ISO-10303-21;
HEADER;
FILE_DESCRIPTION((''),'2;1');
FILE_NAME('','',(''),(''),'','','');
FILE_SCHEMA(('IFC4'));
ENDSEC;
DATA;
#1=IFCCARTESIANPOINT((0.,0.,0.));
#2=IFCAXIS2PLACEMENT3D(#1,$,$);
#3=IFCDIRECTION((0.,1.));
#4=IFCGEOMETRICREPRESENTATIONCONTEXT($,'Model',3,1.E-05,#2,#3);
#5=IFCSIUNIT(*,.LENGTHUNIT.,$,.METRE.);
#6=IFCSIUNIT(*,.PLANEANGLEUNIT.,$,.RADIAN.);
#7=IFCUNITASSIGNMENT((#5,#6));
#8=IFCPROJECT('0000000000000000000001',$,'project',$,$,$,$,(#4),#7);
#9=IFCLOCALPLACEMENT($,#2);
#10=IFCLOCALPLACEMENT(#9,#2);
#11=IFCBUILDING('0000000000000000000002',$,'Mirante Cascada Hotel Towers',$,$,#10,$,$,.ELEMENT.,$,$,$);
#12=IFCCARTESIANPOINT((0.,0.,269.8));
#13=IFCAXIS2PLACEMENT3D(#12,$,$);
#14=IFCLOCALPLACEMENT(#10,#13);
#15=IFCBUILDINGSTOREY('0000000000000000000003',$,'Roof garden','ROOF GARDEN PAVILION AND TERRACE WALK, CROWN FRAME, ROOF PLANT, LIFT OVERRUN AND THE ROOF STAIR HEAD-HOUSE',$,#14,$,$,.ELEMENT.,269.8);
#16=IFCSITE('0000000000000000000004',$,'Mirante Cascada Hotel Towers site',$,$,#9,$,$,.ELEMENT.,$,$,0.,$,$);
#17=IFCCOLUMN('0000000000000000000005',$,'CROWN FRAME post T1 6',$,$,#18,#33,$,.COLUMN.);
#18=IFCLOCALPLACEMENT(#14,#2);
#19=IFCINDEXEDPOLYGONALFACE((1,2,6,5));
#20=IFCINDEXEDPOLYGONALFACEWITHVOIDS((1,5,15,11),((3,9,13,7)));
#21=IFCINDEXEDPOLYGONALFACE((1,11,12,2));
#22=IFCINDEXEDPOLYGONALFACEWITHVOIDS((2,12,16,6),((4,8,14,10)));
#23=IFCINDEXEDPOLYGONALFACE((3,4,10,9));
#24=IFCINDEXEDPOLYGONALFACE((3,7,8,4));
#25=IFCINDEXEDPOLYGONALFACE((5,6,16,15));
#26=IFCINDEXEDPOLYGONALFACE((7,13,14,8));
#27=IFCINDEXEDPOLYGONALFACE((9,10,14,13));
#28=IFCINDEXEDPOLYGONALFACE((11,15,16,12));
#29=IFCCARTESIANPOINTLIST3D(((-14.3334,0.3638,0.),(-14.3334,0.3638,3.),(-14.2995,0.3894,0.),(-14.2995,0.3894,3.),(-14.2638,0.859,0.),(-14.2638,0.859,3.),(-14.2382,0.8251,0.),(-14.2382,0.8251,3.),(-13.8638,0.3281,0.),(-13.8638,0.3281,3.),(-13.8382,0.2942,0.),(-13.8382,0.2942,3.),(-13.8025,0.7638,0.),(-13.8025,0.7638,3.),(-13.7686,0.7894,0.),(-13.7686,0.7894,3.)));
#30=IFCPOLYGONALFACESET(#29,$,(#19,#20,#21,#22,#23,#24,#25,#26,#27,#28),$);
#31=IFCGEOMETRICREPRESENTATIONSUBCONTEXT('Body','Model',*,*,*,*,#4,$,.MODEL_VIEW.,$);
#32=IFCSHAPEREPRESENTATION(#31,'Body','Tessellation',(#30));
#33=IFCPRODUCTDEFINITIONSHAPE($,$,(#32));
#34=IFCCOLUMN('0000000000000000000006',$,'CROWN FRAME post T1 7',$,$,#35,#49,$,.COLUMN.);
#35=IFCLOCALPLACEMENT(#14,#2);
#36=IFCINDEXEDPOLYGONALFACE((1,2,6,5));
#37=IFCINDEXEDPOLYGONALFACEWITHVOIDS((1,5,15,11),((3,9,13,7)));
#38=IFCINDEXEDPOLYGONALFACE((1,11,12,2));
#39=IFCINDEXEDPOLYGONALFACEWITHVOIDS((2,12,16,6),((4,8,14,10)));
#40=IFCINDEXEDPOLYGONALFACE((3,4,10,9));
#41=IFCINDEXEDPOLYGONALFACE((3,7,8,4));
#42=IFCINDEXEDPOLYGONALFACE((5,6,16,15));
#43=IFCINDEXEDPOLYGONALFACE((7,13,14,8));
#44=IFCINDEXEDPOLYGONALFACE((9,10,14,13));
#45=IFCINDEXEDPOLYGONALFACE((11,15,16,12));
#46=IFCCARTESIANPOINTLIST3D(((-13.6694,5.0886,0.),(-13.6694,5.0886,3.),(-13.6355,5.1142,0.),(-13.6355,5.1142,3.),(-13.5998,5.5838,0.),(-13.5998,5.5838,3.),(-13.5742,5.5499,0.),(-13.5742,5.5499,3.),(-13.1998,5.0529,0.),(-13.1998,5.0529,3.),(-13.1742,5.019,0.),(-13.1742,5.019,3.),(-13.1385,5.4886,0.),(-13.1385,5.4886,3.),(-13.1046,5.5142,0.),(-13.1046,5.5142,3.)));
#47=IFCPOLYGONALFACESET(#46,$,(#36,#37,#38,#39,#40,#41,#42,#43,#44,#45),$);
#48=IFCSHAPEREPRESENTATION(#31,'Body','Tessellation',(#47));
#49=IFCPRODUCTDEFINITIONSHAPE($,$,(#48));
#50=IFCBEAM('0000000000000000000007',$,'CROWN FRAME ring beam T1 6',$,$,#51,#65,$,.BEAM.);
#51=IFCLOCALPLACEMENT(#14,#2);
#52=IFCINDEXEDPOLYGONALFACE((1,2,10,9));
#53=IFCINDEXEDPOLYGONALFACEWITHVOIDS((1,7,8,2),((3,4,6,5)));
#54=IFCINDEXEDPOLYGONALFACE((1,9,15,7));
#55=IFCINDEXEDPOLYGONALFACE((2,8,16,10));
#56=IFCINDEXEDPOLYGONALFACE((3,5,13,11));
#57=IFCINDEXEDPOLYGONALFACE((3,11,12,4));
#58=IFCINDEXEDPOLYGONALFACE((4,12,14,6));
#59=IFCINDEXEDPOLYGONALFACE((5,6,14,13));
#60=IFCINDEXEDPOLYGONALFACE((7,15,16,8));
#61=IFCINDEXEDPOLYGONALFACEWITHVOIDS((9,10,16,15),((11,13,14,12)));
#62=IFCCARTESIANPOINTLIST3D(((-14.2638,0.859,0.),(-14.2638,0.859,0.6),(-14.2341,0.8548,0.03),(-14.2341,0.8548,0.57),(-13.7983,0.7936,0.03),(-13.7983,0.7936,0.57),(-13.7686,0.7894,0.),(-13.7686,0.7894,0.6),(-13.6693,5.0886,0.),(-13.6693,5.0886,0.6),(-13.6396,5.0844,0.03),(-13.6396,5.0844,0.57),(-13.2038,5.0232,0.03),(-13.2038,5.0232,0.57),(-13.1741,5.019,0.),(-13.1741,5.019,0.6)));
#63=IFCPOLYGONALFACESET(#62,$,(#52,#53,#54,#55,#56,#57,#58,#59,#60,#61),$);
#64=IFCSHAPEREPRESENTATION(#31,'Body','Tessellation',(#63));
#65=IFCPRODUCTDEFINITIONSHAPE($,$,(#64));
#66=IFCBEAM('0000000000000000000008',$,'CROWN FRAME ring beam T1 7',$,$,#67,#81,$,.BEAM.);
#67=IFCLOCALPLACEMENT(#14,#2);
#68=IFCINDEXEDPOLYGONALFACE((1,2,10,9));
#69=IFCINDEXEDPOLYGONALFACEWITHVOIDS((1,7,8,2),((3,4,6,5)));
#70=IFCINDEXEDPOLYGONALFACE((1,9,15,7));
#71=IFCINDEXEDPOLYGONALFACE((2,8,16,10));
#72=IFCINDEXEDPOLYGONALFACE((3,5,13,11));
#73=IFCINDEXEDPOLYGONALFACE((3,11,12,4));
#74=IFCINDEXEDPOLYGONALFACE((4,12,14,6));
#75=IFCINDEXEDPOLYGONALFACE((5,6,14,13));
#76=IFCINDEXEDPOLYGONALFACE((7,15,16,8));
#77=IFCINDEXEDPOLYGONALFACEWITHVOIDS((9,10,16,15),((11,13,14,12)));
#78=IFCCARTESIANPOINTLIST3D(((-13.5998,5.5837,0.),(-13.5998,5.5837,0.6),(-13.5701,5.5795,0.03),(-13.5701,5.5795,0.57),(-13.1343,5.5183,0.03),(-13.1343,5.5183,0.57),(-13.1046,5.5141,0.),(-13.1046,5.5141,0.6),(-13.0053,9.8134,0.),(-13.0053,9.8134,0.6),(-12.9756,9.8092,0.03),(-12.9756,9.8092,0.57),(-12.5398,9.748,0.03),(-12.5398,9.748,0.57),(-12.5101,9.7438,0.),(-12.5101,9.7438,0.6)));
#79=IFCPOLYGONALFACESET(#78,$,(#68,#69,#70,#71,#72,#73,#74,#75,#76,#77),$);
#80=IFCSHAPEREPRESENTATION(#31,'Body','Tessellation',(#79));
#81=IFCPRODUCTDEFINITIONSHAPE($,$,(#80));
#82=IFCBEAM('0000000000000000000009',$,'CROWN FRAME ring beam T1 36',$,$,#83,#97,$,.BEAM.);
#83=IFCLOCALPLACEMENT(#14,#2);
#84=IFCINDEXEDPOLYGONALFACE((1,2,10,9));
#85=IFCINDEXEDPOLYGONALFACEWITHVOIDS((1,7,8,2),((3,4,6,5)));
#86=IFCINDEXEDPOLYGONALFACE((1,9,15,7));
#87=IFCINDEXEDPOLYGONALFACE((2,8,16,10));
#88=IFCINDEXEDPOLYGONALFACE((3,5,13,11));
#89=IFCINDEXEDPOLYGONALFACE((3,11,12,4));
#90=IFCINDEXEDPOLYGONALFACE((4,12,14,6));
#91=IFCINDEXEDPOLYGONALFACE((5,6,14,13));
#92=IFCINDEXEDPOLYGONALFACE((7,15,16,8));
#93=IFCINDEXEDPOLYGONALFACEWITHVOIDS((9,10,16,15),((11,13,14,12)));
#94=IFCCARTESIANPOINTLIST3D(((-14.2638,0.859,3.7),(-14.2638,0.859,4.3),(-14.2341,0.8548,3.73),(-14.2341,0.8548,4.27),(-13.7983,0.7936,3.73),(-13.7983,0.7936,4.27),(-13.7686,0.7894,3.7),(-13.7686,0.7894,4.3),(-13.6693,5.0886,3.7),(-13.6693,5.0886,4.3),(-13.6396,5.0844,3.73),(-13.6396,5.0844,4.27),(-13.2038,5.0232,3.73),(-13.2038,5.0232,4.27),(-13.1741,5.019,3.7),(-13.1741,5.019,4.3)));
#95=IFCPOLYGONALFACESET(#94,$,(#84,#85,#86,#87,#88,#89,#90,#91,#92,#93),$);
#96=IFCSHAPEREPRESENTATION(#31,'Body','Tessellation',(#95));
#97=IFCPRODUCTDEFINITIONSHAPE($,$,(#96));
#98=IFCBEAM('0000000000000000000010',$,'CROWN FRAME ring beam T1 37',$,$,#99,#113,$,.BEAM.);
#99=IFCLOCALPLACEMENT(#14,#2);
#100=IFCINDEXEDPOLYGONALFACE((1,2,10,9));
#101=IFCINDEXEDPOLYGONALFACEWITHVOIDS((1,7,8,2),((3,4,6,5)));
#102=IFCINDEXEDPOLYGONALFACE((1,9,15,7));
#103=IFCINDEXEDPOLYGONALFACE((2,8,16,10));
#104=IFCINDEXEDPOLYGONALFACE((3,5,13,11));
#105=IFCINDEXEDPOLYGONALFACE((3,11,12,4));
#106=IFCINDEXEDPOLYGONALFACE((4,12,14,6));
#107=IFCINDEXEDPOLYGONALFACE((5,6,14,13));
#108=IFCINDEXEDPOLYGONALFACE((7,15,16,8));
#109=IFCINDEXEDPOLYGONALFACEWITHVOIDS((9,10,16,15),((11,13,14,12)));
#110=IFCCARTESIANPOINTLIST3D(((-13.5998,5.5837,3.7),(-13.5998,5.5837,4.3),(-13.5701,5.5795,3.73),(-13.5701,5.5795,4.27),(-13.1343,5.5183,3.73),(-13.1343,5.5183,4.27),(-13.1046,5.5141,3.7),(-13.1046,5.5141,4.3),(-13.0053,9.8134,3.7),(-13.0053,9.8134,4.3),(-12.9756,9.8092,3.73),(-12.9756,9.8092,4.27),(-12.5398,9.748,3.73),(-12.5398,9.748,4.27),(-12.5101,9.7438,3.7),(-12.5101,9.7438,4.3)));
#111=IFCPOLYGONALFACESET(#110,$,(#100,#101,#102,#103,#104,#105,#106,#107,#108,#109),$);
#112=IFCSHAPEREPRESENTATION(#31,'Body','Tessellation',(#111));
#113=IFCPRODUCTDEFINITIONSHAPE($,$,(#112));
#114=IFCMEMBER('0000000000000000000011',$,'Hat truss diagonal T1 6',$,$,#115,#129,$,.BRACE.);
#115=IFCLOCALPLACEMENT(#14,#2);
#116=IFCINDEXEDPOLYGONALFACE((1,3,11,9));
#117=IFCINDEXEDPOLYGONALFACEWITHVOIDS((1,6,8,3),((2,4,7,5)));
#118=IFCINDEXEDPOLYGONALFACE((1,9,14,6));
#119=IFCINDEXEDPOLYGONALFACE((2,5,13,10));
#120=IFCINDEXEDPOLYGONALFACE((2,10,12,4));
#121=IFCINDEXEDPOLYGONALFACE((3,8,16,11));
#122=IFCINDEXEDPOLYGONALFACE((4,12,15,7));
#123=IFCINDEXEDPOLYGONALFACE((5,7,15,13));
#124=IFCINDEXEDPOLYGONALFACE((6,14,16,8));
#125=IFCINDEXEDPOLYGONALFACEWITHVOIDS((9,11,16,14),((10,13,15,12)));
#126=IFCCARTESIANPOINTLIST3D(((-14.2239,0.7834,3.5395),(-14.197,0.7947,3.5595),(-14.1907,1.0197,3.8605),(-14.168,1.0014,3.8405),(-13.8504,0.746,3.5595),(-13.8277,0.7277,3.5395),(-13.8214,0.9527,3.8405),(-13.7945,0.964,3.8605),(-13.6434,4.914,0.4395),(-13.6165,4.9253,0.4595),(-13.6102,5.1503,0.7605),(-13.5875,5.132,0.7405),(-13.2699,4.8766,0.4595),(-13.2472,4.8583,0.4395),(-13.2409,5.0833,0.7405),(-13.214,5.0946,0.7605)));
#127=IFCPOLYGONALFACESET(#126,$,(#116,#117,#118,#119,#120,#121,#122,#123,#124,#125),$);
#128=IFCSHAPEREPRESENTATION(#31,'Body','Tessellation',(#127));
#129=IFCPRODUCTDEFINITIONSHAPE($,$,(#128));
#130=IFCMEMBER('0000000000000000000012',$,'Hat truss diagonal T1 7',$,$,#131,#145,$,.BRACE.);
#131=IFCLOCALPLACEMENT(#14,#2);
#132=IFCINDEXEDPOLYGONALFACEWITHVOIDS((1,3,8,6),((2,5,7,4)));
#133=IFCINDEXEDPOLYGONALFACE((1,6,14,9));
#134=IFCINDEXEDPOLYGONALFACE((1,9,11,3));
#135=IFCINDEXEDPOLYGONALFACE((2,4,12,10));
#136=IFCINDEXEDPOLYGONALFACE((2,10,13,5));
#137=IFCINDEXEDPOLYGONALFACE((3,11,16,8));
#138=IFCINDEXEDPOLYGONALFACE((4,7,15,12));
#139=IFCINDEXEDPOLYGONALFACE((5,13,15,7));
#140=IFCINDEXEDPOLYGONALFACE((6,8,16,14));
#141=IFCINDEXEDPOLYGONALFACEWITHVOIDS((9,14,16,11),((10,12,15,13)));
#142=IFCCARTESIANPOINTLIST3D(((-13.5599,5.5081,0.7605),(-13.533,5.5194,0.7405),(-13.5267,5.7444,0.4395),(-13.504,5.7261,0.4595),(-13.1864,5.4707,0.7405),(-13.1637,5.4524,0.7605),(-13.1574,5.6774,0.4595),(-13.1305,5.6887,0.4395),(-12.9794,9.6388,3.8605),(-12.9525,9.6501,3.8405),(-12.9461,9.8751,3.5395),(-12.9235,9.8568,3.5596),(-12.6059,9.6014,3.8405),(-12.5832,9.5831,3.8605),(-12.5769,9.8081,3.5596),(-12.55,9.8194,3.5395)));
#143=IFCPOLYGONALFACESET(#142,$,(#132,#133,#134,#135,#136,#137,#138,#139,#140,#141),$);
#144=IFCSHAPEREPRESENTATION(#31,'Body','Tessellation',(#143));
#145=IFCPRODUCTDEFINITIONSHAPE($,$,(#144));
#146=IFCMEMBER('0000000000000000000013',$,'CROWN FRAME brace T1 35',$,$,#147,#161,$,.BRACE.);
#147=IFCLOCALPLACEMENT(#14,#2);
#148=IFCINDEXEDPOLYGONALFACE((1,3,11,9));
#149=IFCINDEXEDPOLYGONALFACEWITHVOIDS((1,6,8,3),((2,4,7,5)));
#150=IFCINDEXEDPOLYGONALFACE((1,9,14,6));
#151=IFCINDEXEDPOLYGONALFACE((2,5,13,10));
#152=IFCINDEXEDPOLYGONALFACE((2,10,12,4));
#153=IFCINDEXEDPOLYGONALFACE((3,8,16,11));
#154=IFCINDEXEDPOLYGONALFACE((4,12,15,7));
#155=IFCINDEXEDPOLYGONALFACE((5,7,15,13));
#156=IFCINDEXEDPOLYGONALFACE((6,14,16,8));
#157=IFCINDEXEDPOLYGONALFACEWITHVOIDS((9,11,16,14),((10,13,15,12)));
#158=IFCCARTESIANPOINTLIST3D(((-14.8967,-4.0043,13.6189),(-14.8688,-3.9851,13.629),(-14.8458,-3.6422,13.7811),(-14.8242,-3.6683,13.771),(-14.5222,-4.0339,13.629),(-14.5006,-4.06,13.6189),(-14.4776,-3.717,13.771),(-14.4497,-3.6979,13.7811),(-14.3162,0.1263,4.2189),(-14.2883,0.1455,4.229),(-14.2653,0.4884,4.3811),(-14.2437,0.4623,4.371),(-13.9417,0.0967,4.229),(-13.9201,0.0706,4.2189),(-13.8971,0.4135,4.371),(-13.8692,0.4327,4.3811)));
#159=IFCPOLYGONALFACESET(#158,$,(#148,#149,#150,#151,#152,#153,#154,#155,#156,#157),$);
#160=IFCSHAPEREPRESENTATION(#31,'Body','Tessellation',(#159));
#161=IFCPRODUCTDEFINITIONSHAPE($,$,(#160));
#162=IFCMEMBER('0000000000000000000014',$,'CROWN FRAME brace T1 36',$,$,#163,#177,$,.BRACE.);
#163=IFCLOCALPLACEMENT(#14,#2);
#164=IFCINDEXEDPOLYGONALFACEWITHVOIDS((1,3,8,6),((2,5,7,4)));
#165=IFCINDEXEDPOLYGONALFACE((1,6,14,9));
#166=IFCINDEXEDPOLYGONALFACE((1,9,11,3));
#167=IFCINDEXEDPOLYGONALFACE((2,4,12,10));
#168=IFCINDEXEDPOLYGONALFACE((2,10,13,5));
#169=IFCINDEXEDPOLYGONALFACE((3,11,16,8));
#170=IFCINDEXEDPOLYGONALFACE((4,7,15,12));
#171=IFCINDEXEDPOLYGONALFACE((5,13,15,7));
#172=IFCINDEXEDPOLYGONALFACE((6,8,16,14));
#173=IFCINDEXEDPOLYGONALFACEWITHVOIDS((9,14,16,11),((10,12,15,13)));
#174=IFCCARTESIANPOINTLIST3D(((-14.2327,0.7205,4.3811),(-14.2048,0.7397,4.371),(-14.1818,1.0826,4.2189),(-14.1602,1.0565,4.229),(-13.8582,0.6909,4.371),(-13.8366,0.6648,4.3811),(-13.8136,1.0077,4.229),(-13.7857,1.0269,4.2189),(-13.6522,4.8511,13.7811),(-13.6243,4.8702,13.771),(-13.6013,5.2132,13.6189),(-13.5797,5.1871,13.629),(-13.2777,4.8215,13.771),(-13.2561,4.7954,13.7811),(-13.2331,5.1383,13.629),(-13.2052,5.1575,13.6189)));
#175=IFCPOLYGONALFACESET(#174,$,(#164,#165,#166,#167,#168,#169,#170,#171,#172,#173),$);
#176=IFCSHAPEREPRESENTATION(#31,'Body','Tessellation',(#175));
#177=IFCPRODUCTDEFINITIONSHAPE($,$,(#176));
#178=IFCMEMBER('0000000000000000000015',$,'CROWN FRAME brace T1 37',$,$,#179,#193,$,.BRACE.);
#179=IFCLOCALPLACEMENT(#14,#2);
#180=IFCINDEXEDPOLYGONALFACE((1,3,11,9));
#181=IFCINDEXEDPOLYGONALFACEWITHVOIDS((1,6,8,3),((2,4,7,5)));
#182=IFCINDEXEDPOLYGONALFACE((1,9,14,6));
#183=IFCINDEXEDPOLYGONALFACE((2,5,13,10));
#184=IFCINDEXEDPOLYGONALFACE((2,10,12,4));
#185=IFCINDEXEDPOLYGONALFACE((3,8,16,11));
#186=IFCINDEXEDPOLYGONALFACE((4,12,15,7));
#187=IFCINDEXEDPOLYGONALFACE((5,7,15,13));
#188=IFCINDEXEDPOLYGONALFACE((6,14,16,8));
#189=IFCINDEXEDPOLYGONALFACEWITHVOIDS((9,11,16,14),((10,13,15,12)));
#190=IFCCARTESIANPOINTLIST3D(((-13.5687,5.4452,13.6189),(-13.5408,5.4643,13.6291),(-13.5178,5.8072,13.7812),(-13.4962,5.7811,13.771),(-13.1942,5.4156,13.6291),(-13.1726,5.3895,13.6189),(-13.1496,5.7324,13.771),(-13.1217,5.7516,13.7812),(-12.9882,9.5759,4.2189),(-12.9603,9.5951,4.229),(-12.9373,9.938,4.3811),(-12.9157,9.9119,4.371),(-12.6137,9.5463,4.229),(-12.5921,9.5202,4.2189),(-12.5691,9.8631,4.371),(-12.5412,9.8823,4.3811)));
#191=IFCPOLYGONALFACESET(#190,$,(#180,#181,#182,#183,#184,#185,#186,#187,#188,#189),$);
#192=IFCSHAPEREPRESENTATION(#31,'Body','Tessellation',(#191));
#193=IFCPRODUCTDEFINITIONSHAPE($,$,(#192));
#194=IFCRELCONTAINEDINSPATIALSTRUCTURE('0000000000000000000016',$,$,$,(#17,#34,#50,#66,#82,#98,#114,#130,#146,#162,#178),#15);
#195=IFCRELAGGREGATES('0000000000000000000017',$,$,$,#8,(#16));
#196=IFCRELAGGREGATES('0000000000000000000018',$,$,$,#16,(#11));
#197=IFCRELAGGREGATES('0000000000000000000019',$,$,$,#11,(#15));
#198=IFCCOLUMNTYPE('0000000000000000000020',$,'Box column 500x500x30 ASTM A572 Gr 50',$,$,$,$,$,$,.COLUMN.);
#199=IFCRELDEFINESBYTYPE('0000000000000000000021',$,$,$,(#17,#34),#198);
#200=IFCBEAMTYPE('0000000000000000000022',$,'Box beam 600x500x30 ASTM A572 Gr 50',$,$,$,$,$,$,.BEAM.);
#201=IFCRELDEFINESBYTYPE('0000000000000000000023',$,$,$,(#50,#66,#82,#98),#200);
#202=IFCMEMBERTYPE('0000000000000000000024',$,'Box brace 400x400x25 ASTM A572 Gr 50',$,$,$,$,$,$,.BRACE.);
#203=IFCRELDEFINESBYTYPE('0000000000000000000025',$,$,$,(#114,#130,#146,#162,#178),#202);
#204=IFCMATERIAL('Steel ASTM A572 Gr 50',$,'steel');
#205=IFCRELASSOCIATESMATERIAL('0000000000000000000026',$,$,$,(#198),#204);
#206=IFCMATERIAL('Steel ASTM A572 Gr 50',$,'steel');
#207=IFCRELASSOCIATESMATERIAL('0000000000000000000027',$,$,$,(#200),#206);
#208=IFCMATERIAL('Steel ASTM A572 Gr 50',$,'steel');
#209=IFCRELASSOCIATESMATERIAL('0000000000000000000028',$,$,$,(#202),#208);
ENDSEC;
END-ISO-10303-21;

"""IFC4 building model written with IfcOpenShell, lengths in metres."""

from ifc_helpers import new_model, si_unit, direction, frame, origin, origin_2d, place, context, subcontext, project, spatial, hollow_rectangle, extrude, material, material_profile, profile_set, type_object, element, save


model = new_model("IFC4")

# Units and contexts
model_context = context("Model", 3, precision=1e-05, world=origin(), true_north=direction((0.0, 1.0)))
body_context = subcontext(model_context, "Body", "Model", "MODEL_VIEW")
ifc_project = project(units=[si_unit("LENGTHUNIT", "METRE"), si_unit("PLANEANGLEUNIT", "RADIAN")], contexts=[model_context])

# Site, building, storey
site_placement = place(None, origin())
site = spatial("IfcSite", under=ifc_project, at=site_placement, Name="Mirante Cascada Hotel Towers site", CompositionType="ELEMENT", RefElevation=0.0)
building_placement = place(site_placement, origin())
building = spatial("IfcBuilding", under=site, at=building_placement, Name="Mirante Cascada Hotel Towers", CompositionType="ELEMENT")
storey_placement = place(building_placement, frame((0.0, 0.0, 269.8)))
storey = spatial("IfcBuildingStorey", under=building, at=storey_placement, Name="Roof garden", Description="ROOF GARDEN PAVILION AND TERRACE WALK, CROWN FRAME, ROOF PLANT, LIFT OVERRUN AND THE ROOF STAIR HEAD-HOUSE", CompositionType="ELEMENT", Elevation=269.8)

# Columns
ifc_material_1 = material(Name="Steel ASTM A572 Gr 50", Category="steel")
ifc_material_profile_1 = material_profile(ifc_material_1, hollow_rectangle(XDim=0.5, YDim=0.5, WallThickness=0.03, at=origin_2d()), Name="Box column 500x500x30 ASTM A572 Gr 50")
ifc_profile_set_1 = profile_set([ifc_material_profile_1], Name="Steel ASTM A572 Gr 50")
column_type = type_object("IfcColumnType", Name="Box column 500x500x30 ASTM A572 Gr 50", PredefinedType="COLUMN", material=ifc_profile_set_1)
for number, where, z_axis, x_axis, name in (
    (1, (-14.051, 0.5766, 0.0), (0.0, 0.0, 1.0), (-0.990268, 0.139173, 0.0), "CROWN FRAME post T1 6"),
    (2, (-13.387, 5.3014, 0.0), (0.0, 0.0, 1.0), (-0.990268, 0.139173, 0.0), "CROWN FRAME post T1 7"),
):
    element("IfcColumn", number, at=place(storey_placement, frame(where, z_axis=z_axis, x_axis=x_axis)), inside=storey, type_object=column_type, Name=name, PredefinedType="COLUMN", context=body_context, shape_type="SweptSolid", body=[
        extrude(hollow_rectangle(XDim=0.5, YDim=0.5, WallThickness=0.03, at=origin_2d()), origin(), (0.0, 0.0, 1.0), 3.0),
    ])

# Beams
ifc_material_2 = material(Name="Steel ASTM A572 Gr 50", Category="steel")
ifc_material_profile_2 = material_profile(ifc_material_2, hollow_rectangle(XDim=0.5, YDim=0.6, WallThickness=0.03, at=origin_2d()), Name="Box beam 600x500x30 ASTM A572 Gr 50")
ifc_profile_set_2 = profile_set([ifc_material_profile_2], Name="Steel ASTM A572 Gr 50")
beam_type = type_object("IfcBeamType", Name="Box beam 600x500x30 ASTM A572 Gr 50", PredefinedType="BEAM", material=ifc_profile_set_2)
beam_1_placement = place(storey_placement, frame((-14.0162, 0.8242, 0.3), z_axis=(0.139189, 0.990266, 0.0), x_axis=(-0.990266, 0.139189, 0.0)))
element("IfcBeam", 3, at=beam_1_placement, inside=storey, type_object=beam_type, Name="CROWN FRAME ring beam T1 6", PredefinedType="BEAM", context=body_context, shape_type="SweptSolid", body=[
    extrude(hollow_rectangle(XDim=0.5, YDim=0.6, WallThickness=0.03, at=origin_2d()), origin(), (0.0, 0.0, 1.0), 4.2712),
])
beam_2_placement = place(storey_placement, frame((-13.3522, 5.5489, 0.3), z_axis=(0.139186, 0.990266, 0.0), x_axis=(-0.990266, 0.139186, 0.0)))
element("IfcBeam", 4, at=beam_2_placement, inside=storey, type_object=beam_type, Name="CROWN FRAME ring beam T1 7", PredefinedType="BEAM", context=body_context, shape_type="SweptSolid", body=[
    extrude(hollow_rectangle(XDim=0.5, YDim=0.6, WallThickness=0.03, at=origin_2d()), origin(), (0.0, 0.0, 1.0), 4.2713),
])
beam_3_placement = place(storey_placement, frame((-14.0162, 0.8242, 4.0), z_axis=(0.139189, 0.990266, 0.0), x_axis=(-0.990266, 0.139189, 0.0)))
element("IfcBeam", 5, at=beam_3_placement, inside=storey, type_object=beam_type, Name="CROWN FRAME ring beam T1 36", PredefinedType="BEAM", context=body_context, shape_type="SweptSolid", body=[
    extrude(hollow_rectangle(XDim=0.5, YDim=0.6, WallThickness=0.03, at=origin_2d()), origin(), (0.0, 0.0, 1.0), 4.2712),
])
beam_4_placement = place(storey_placement, frame((-13.3522, 5.5489, 4.0), z_axis=(0.139186, 0.990266, 0.0), x_axis=(-0.990266, 0.139186, 0.0)))
element("IfcBeam", 6, at=beam_4_placement, inside=storey, type_object=beam_type, Name="CROWN FRAME ring beam T1 37", PredefinedType="BEAM", context=body_context, shape_type="SweptSolid", body=[
    extrude(hollow_rectangle(XDim=0.5, YDim=0.6, WallThickness=0.03, at=origin_2d()), origin(), (0.0, 0.0, 1.0), 4.2713),
])

# Members
ifc_material_3 = material(Name="Steel ASTM A572 Gr 50", Category="steel")
ifc_material_profile_3 = material_profile(ifc_material_3, hollow_rectangle(XDim=0.4, YDim=0.4, WallThickness=0.025, at=origin_2d()), Name="Box brace 400x400x25 ASTM A572 Gr 50")
ifc_profile_set_3 = profile_set([ifc_material_profile_3], Name="Steel ASTM A572 Gr 50")
member_type = type_object("IfcMemberType", Name="Box brace 400x400x25 ASTM A572 Gr 50", PredefinedType="BRACE", material=ifc_profile_set_3)
member_1_placement = place(storey_placement, frame((-13.4287, 5.0043, 0.6), z_axis=(-0.111699, -0.794804, 0.596498), x_axis=(0.990269, -0.139169, 0.0)))
element("IfcMember", 7, at=member_1_placement, inside=storey, type_object=member_type, Name="Hat truss diagonal T1 6", PredefinedType="BRACE", context=body_context, shape_type="SweptSolid", body=[
    extrude(hollow_rectangle(XDim=0.4, YDim=0.4, WallThickness=0.025, at=origin_2d()), origin(), (0.0, 0.0, 1.0), 5.197),
])
member_2_placement = place(storey_placement, frame((-13.3452, 5.5984, 0.6), z_axis=(0.111697, 0.794811, 0.596489), x_axis=(-0.990269, 0.139166, 0.0)))
element("IfcMember", 8, at=member_2_placement, inside=storey, type_object=member_type, Name="Hat truss diagonal T1 7", PredefinedType="BRACE", context=body_context, shape_type="SweptSolid", body=[
    extrude(hollow_rectangle(XDim=0.4, YDim=0.4, WallThickness=0.025, at=origin_2d()), origin(), (0.0, 0.0, 1.0), 5.1971),
])
for number, where, z_axis, x_axis, name in (
    (9, (-14.0927, 0.2795, 4.3), (-0.056447, -0.401657, 0.914049), (0.990269, -0.139169, 0.0), "CROWN FRAME brace T1 35"),
    (10, (-14.0092, 0.8737, 4.3), (0.056447, 0.401657, 0.914049), (-0.990269, 0.139169, 0.0), "CROWN FRAME brace T1 36"),
):
    element("IfcMember", number, at=place(storey_placement, frame(where, z_axis=z_axis, x_axis=x_axis)), inside=storey, type_object=member_type, Name=name, PredefinedType="BRACE", context=body_context, shape_type="SweptSolid", body=[
        extrude(hollow_rectangle(XDim=0.4, YDim=0.4, WallThickness=0.025, at=origin_2d()), origin(), (0.0, 0.0, 1.0), 10.2839),
    ])
member_3_placement = place(storey_placement, frame((-12.7647, 9.7291, 4.3), z_axis=(-0.056447, -0.401665, 0.914045), x_axis=(0.990269, -0.139166, 0.0)))
element("IfcMember", 11, at=member_3_placement, inside=storey, type_object=member_type, Name="CROWN FRAME brace T1 37", PredefinedType="BRACE", context=body_context, shape_type="SweptSolid", body=[
    extrude(hollow_rectangle(XDim=0.4, YDim=0.4, WallThickness=0.025, at=origin_2d()), origin(), (0.0, 0.0, 1.0), 10.284),
])

save(model, "model.ifc")
